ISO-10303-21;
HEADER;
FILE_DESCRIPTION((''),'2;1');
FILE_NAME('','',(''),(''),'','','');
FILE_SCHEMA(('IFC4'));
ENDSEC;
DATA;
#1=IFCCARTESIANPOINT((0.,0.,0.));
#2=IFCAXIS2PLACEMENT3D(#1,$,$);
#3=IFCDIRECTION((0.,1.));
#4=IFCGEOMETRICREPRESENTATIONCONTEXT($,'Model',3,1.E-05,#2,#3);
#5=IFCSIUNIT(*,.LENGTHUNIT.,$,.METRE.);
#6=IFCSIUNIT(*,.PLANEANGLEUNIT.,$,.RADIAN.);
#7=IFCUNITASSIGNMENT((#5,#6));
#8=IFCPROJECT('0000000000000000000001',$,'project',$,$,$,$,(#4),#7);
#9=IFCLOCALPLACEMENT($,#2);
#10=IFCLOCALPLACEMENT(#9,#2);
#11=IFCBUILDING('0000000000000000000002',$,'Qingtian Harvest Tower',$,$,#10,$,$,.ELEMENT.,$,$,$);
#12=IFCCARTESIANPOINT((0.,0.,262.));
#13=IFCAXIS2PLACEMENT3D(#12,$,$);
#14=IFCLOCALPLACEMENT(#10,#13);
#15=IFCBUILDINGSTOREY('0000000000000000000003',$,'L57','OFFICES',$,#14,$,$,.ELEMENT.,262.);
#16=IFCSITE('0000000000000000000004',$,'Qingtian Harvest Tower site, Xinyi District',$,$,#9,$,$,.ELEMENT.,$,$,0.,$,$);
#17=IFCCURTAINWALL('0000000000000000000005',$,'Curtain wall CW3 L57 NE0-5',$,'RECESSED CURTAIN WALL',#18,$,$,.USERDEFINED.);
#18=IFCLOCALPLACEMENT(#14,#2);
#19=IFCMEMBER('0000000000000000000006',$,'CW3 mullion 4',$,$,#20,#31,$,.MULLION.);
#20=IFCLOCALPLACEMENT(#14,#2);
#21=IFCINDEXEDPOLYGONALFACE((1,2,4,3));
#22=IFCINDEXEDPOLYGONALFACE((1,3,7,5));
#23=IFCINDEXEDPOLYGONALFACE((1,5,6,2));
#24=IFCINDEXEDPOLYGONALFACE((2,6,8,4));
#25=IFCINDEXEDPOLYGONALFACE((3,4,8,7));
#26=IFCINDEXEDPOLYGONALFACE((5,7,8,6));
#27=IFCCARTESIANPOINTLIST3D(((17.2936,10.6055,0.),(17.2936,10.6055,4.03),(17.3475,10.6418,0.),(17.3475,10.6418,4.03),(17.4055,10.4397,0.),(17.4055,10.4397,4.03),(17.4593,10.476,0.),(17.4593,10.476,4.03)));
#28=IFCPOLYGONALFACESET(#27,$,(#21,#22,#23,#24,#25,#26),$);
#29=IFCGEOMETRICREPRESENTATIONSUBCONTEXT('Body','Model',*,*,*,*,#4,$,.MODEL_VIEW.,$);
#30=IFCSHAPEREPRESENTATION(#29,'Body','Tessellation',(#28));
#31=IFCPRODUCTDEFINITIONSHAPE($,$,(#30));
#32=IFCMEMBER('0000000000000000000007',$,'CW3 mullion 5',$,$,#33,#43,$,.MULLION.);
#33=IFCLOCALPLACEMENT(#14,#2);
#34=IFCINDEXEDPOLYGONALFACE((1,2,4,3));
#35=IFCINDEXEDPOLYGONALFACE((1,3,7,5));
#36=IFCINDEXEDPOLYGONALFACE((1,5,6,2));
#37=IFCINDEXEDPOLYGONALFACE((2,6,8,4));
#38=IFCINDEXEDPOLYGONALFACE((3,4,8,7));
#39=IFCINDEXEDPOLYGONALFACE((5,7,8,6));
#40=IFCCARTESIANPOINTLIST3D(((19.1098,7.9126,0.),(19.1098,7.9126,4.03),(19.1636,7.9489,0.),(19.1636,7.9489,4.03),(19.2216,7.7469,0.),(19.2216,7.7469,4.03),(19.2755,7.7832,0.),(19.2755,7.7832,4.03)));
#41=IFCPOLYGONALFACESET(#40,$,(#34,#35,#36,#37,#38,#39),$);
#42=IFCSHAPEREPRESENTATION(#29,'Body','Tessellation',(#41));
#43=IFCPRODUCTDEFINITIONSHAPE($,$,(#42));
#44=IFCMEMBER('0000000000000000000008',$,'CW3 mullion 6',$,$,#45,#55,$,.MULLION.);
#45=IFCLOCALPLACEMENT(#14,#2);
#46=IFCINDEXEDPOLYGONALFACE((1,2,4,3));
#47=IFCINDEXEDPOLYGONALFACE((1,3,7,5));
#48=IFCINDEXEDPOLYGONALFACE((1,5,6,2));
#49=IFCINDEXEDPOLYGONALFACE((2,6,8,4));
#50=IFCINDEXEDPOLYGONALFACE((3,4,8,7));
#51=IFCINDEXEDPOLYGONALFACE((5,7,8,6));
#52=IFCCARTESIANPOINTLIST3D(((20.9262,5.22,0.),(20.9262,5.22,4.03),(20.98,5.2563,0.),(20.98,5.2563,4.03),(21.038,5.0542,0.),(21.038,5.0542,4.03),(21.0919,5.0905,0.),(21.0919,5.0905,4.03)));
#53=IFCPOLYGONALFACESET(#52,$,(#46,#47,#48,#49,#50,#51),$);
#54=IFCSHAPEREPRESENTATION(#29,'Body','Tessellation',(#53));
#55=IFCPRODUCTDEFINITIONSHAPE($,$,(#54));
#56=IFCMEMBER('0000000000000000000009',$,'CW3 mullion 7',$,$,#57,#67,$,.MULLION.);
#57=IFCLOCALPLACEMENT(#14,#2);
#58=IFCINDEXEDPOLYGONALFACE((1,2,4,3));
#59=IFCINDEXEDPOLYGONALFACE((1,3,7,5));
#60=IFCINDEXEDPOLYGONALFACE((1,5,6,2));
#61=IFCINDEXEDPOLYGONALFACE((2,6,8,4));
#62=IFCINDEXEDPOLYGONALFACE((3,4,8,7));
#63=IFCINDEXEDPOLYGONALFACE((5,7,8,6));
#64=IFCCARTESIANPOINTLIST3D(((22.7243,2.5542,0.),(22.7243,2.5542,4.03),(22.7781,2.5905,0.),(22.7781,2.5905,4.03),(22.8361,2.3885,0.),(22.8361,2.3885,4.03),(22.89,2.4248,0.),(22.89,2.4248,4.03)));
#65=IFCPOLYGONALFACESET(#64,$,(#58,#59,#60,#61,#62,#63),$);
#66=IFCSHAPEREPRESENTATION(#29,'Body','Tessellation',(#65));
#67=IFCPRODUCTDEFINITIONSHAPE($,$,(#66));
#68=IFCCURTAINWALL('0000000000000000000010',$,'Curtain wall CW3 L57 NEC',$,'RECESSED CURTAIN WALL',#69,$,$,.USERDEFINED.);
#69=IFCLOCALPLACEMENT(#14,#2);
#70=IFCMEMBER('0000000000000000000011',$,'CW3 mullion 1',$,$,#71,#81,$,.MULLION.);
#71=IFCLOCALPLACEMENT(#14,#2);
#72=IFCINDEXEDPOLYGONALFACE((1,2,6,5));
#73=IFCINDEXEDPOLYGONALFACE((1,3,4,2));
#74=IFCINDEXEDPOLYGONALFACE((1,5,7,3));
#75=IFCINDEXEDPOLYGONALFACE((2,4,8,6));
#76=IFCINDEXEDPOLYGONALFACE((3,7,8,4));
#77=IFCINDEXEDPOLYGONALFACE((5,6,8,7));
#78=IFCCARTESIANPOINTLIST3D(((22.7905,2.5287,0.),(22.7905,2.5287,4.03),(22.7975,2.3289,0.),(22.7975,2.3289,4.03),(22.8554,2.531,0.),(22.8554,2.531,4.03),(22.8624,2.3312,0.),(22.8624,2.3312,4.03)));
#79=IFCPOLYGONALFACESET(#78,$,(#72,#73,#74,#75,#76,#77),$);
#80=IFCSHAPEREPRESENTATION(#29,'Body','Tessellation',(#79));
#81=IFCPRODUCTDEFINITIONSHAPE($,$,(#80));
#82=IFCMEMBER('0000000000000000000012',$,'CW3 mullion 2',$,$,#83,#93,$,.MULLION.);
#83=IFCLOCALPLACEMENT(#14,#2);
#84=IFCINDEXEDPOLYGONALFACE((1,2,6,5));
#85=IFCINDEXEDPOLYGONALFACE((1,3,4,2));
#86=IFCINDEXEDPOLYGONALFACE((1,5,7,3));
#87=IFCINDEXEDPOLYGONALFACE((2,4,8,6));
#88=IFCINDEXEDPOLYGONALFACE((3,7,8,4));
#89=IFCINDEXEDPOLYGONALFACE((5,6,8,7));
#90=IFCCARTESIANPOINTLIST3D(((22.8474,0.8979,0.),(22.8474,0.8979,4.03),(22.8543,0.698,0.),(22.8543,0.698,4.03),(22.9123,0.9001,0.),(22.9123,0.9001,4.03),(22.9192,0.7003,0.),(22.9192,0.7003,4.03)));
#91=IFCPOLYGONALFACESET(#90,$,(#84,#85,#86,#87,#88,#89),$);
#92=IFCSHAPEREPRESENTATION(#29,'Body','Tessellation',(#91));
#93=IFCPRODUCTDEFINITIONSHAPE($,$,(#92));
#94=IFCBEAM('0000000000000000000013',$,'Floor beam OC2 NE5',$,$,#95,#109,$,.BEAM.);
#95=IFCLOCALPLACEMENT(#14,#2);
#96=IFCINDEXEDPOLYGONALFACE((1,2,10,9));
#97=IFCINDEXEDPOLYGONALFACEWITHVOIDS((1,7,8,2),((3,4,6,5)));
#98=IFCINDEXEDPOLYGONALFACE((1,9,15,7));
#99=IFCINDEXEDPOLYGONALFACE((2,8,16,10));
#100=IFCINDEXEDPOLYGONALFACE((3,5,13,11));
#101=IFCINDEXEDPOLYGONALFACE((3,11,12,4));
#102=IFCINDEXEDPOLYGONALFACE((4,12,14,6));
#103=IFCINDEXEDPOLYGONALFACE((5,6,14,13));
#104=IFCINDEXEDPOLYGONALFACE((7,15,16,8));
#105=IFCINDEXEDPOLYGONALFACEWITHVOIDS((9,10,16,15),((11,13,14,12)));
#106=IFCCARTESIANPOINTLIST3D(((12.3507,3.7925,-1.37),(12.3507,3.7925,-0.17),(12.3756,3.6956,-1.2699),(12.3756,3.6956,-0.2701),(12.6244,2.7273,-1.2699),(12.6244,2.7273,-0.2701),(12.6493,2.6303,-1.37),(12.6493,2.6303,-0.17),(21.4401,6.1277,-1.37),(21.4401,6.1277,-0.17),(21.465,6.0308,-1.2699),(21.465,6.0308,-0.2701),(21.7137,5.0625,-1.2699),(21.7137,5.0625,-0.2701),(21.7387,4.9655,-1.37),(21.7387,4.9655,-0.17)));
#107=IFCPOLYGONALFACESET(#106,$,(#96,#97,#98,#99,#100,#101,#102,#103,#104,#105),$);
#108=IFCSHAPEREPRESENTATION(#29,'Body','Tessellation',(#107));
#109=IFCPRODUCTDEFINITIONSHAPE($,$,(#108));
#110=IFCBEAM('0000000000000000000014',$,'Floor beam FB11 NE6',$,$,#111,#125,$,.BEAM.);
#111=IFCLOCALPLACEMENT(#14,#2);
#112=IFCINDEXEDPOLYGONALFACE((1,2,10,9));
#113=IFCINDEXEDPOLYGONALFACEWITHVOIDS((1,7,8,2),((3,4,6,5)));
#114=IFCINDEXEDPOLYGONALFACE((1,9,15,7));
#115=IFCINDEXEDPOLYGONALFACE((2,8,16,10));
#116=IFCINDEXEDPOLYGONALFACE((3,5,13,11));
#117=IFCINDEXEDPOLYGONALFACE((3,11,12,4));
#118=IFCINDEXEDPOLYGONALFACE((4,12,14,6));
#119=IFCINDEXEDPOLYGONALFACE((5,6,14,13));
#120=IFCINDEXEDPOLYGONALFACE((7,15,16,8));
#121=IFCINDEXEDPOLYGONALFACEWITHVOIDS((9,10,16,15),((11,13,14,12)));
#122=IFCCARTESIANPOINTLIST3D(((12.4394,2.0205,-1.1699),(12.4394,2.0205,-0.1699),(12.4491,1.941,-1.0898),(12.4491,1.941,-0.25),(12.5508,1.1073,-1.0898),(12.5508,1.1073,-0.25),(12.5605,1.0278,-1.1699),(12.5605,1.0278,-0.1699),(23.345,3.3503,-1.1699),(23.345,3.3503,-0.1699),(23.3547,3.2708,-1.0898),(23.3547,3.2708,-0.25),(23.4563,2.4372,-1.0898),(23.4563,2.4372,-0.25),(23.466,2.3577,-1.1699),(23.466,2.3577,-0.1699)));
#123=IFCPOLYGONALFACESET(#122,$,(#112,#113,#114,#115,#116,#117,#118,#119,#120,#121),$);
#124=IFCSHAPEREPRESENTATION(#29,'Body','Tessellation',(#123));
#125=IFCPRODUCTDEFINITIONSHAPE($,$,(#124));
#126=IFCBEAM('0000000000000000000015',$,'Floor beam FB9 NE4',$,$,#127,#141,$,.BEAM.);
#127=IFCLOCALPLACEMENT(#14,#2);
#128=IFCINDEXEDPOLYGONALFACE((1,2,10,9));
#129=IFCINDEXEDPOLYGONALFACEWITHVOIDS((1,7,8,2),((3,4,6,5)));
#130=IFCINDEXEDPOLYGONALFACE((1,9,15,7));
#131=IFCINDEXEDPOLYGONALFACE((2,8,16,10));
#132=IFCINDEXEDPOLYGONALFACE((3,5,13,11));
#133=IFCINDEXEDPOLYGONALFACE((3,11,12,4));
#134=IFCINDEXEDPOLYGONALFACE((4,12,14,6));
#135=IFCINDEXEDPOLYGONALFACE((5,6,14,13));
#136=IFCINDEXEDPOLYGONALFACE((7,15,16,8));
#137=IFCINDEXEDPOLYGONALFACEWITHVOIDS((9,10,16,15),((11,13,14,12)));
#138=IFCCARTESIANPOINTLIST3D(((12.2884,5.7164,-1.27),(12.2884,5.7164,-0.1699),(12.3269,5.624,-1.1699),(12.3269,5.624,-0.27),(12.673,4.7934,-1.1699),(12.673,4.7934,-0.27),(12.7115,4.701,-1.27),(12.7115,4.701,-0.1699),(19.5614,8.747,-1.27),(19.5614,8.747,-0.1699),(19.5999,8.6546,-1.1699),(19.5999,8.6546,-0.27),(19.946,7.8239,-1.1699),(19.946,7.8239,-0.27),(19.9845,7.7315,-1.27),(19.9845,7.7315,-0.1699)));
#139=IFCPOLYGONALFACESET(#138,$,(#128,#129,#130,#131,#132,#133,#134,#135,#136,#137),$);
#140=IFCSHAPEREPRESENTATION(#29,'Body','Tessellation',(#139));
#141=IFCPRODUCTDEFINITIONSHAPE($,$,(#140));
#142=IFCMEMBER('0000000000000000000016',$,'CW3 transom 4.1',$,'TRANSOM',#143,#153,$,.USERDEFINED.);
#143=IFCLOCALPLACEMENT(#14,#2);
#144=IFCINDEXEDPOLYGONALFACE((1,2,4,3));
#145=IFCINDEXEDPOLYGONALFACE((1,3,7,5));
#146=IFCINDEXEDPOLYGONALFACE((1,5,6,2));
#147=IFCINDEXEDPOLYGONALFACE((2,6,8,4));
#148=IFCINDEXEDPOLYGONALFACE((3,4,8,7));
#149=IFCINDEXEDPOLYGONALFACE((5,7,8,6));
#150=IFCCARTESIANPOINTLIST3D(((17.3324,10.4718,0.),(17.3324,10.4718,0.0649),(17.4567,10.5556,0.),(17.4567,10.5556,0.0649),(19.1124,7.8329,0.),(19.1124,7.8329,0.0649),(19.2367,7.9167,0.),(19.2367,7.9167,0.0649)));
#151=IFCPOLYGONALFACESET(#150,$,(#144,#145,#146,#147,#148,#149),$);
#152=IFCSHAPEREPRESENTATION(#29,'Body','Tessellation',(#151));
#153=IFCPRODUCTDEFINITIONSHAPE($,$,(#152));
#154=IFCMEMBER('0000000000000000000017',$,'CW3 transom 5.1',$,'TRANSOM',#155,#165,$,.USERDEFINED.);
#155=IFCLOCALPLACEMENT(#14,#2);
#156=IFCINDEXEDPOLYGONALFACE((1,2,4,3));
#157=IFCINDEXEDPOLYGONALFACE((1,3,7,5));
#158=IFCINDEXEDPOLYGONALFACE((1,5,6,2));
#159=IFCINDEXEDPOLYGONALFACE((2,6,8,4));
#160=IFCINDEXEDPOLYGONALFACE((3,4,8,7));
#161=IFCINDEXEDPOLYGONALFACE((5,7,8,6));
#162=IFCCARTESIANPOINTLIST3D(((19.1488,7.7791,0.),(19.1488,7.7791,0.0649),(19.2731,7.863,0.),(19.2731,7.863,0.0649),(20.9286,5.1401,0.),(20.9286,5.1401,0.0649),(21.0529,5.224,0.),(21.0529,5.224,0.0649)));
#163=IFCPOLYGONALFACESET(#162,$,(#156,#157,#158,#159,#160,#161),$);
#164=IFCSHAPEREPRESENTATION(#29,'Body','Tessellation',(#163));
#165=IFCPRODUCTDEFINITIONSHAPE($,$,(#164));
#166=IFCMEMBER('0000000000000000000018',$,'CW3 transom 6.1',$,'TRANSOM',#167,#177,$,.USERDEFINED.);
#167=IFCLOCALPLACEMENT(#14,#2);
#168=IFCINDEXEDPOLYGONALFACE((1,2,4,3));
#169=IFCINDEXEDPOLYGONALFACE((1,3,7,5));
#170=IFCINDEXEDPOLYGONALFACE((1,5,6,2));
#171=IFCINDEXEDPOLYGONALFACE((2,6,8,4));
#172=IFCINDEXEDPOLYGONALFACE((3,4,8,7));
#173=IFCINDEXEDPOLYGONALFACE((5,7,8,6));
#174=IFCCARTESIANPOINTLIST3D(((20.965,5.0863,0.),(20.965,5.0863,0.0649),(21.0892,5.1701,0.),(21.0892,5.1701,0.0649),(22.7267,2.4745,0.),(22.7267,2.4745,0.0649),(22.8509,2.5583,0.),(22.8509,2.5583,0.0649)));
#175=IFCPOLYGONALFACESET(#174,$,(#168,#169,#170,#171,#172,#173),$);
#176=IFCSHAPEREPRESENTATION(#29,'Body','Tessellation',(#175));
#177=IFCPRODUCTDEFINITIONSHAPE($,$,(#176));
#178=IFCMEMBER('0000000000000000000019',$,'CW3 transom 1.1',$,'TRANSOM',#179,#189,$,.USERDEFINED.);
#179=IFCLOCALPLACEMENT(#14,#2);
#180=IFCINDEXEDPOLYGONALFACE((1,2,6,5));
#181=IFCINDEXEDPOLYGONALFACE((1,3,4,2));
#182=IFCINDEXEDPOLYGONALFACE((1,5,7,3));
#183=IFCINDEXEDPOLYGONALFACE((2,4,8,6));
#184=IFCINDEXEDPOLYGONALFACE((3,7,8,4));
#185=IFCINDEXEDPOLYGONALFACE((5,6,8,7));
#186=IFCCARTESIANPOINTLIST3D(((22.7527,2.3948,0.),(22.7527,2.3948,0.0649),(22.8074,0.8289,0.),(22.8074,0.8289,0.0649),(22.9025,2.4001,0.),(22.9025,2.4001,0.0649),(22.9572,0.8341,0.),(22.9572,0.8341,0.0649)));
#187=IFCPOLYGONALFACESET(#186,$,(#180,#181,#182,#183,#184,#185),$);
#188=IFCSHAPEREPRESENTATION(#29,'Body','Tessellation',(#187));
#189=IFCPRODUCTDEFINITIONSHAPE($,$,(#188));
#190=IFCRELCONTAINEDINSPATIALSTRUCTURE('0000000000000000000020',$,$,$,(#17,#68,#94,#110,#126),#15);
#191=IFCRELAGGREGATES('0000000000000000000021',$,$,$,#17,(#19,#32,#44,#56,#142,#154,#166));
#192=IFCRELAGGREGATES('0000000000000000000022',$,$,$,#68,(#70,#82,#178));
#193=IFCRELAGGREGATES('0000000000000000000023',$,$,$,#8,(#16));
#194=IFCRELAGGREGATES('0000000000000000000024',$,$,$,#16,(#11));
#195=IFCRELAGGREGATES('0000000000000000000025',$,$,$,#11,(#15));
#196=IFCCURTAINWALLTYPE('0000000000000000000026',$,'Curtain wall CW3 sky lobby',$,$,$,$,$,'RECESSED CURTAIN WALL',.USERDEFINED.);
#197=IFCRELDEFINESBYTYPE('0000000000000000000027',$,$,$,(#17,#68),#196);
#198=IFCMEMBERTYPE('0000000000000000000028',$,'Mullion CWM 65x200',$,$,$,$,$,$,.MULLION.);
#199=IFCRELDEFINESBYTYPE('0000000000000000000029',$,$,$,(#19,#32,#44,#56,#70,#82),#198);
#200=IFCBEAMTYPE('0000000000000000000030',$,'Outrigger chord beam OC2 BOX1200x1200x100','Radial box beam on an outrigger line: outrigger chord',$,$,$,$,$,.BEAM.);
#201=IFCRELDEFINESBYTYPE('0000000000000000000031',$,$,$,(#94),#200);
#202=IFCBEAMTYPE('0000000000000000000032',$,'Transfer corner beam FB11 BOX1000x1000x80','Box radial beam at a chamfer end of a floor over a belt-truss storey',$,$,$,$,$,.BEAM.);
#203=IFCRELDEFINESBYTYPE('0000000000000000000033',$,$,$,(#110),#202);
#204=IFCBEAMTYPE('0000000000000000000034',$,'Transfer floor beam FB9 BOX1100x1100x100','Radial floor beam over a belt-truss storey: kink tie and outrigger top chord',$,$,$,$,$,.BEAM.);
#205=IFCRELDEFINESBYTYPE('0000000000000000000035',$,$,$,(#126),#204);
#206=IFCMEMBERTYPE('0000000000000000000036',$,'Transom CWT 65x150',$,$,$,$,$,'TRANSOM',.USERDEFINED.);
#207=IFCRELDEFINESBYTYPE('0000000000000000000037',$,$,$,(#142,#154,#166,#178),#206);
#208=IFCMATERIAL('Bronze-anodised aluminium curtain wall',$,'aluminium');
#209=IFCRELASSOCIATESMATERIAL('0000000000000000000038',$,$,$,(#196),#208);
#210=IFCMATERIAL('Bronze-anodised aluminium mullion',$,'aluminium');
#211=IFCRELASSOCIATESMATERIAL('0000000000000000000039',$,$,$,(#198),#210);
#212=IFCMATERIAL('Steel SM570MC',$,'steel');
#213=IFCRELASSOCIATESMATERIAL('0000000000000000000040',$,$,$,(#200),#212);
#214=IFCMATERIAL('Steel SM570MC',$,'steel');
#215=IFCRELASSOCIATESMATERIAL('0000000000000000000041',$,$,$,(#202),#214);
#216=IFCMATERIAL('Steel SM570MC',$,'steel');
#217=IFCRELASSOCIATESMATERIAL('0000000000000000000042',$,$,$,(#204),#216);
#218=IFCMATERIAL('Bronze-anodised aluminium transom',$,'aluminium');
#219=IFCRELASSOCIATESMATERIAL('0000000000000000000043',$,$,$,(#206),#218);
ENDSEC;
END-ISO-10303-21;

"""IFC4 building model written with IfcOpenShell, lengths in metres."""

from ifc_helpers import new_model, si_unit, direction, frame, origin, origin_2d, place, context, subcontext, project, spatial, rectangle, hollow_rectangle, extrude, material, material_profile, profile_set, type_object, element, aggregate, save


model = new_model("IFC4")

# Units and contexts
model_context = context("Model", 3, precision=1e-05, world=origin(), true_north=direction((0.0, 1.0)))
body_context = subcontext(model_context, "Body", "Model", "MODEL_VIEW")
ifc_project = project(units=[si_unit("LENGTHUNIT", "METRE"), si_unit("PLANEANGLEUNIT", "RADIAN")], contexts=[model_context])

# Site, building, storey
site_placement = place(None, origin())
site = spatial("IfcSite", under=ifc_project, at=site_placement, Name="Qingtian Harvest Tower site, Xinyi District", CompositionType="ELEMENT", RefElevation=0.0)
building_placement = place(site_placement, origin())
building = spatial("IfcBuilding", under=site, at=building_placement, Name="Qingtian Harvest Tower", CompositionType="ELEMENT")
storey_placement = place(building_placement, frame((0.0, 0.0, 262.0)))
storey = spatial("IfcBuildingStorey", under=building, at=storey_placement, Name="L57", Description="OFFICES", CompositionType="ELEMENT", Elevation=262.0)

# Curtain walls, members
ifc_material_1 = material(Name="Bronze-anodised aluminium curtain wall", Category="aluminium")
curtain_wall_type = type_object("IfcCurtainWallType", Name="Curtain wall CW3 sky lobby", ElementType="RECESSED CURTAIN WALL", PredefinedType="USERDEFINED", material=ifc_material_1)
curtain_wall_1_placement = place(storey_placement, origin())
curtain_wall_1 = element("IfcCurtainWall", 1, at=curtain_wall_1_placement, inside=storey, type_object=curtain_wall_type, Name="Curtain wall CW3 L57 NE0-5", ObjectType="RECESSED CURTAIN WALL", PredefinedType="USERDEFINED")
ifc_material_2 = material(Name="Bronze-anodised aluminium mullion", Category="aluminium")
ifc_material_profile_1 = material_profile(ifc_material_2, rectangle(XDim=0.0649, YDim=0.2, at=origin_2d()), Name="AL 65x200")
ifc_profile_set_1 = profile_set([ifc_material_profile_1], Name="Bronze-anodised aluminium mullion")
member_type_1 = type_object("IfcMemberType", Name="Mullion CWM 65x200", PredefinedType="MULLION", material=ifc_profile_set_1)
member_1_placement = place(storey_placement, frame((17.3765, 10.5408, 0.0), z_axis=(0.0, 0.0, 1.0), x_axis=(0.829038, 0.559193, 0.0)))
member_1 = element("IfcMember", 2, at=member_1_placement, type_object=member_type_1, Name="CW3 mullion 4", PredefinedType="MULLION", context=body_context, shape_type="SweptSolid", body=[
    extrude(rectangle(XDim=0.0649, YDim=0.2, at=origin_2d()), origin(), (0.0, 0.0, 1.0), 4.03),
])
member_2_placement = place(storey_placement, frame((19.1926, 7.8479, 0.0), z_axis=(0.0, 0.0, 1.0), x_axis=(0.829038, 0.559193, 0.0)))
member_2 = element("IfcMember", 3, at=member_2_placement, type_object=member_type_1, Name="CW3 mullion 5", PredefinedType="MULLION", context=body_context, shape_type="SweptSolid", body=[
    extrude(rectangle(XDim=0.0649, YDim=0.2, at=origin_2d()), origin(), (0.0, 0.0, 1.0), 4.03),
])
member_3_placement = place(storey_placement, frame((21.009, 5.1553, 0.0), z_axis=(0.0, 0.0, 1.0), x_axis=(0.829038, 0.559193, 0.0)))
member_3 = element("IfcMember", 4, at=member_3_placement, type_object=member_type_1, Name="CW3 mullion 6", PredefinedType="MULLION", context=body_context, shape_type="SweptSolid", body=[
    extrude(rectangle(XDim=0.0649, YDim=0.2, at=origin_2d()), origin(), (0.0, 0.0, 1.0), 4.03),
])
member_4_placement = place(storey_placement, frame((22.8071, 2.4895, 0.0), z_axis=(0.0, 0.0, 1.0), x_axis=(0.829038, 0.559193, 0.0)))
member_4 = element("IfcMember", 5, at=member_4_placement, type_object=member_type_1, Name="CW3 mullion 7", PredefinedType="MULLION", context=body_context, shape_type="SweptSolid", body=[
    extrude(rectangle(XDim=0.0649, YDim=0.2, at=origin_2d()), origin(), (0.0, 0.0, 1.0), 4.03),
])
curtain_wall_2_placement = place(storey_placement, origin())
curtain_wall_2 = element("IfcCurtainWall", 6, at=curtain_wall_2_placement, inside=storey, type_object=curtain_wall_type, Name="Curtain wall CW3 L57 NEC", ObjectType="RECESSED CURTAIN WALL", PredefinedType="USERDEFINED")
member_5_placement = place(storey_placement, frame((22.8264, 2.4299, 0.0), z_axis=(0.0, 0.0, 1.0), x_axis=(0.999391, 0.034899, 0.0)))
member_5 = element("IfcMember", 7, at=member_5_placement, type_object=member_type_1, Name="CW3 mullion 1", PredefinedType="MULLION", context=body_context, shape_type="SweptSolid", body=[
    extrude(rectangle(XDim=0.0649, YDim=0.2, at=origin_2d()), origin(), (0.0, 0.0, 1.0), 4.03),
])
member_6_placement = place(storey_placement, frame((22.8833, 0.7991, 0.0), z_axis=(0.0, 0.0, 1.0), x_axis=(0.999391, 0.034899, 0.0)))
member_6 = element("IfcMember", 8, at=member_6_placement, type_object=member_type_1, Name="CW3 mullion 2", PredefinedType="MULLION", context=body_context, shape_type="SweptSolid", body=[
    extrude(rectangle(XDim=0.0649, YDim=0.2, at=origin_2d()), origin(), (0.0, 0.0, 1.0), 4.03),
])

# Beams
ifc_material_3 = material(Name="Steel SM570MC", Category="steel")
ifc_material_profile_2 = material_profile(ifc_material_3, hollow_rectangle(XDim=1.2, YDim=1.2, WallThickness=0.1001, at=origin_2d()), Name="BOX1200x1200x100")
ifc_profile_set_2 = profile_set([ifc_material_profile_2], Name="Steel SM570MC")
beam_type_1 = type_object("IfcBeamType", Name="Outrigger chord beam OC2 BOX1200x1200x100", Description="Radial box beam on an outrigger line: outrigger chord", PredefinedType="BEAM", material=ifc_profile_set_2)
beam_1_placement = place(storey_placement, frame((21.5894, 5.5466, -0.77), z_axis=(-0.968546, -0.248835, 0.0), x_axis=(0.248835, -0.968546, 0.0)))
element("IfcBeam", 9, at=beam_1_placement, inside=storey, type_object=beam_type_1, Name="Floor beam OC2 NE5", PredefinedType="BEAM", context=body_context, shape_type="SweptSolid", body=[
    extrude(hollow_rectangle(XDim=1.2, YDim=1.2, WallThickness=0.1001, at=origin_2d()), origin(), (0.0, 0.0, 1.0), 9.3845),
])
ifc_material_4 = material(Name="Steel SM570MC", Category="steel")
ifc_material_profile_3 = material_profile(ifc_material_4, hollow_rectangle(XDim=1.0, YDim=1.0, WallThickness=0.0801, at=origin_2d()), Name="BOX1000x1000x80")
ifc_profile_set_3 = profile_set([ifc_material_profile_3], Name="Steel SM570MC")
beam_type_2 = type_object("IfcBeamType", Name="Transfer corner beam FB11 BOX1000x1000x80", Description="Box radial beam at a chamfer end of a floor over a belt-truss storey", PredefinedType="BEAM", material=ifc_profile_set_3)
beam_2_placement = place(storey_placement, frame((23.4055, 2.854, -0.6699), z_axis=(-0.992647, -0.121045, 0.0), x_axis=(0.121045, -0.992647, 0.0)))
element("IfcBeam", 10, at=beam_2_placement, inside=storey, type_object=beam_type_2, Name="Floor beam FB11 NE6", PredefinedType="BEAM", context=body_context, shape_type="SweptSolid", body=[
    extrude(hollow_rectangle(XDim=1.0, YDim=1.0, WallThickness=0.0801, at=origin_2d()), origin(), (0.0, 0.0, 1.0), 10.9863),
])
ifc_material_5 = material(Name="Steel SM570MC", Category="steel")
ifc_material_profile_4 = material_profile(ifc_material_5, hollow_rectangle(XDim=1.1001, YDim=1.1001, WallThickness=0.1001, at=origin_2d()), Name="BOX1100x1100x100")
ifc_profile_set_4 = profile_set([ifc_material_profile_4], Name="Steel SM570MC")
beam_type_3 = type_object("IfcBeamType", Name="Transfer floor beam FB9 BOX1100x1100x100", Description="Radial floor beam over a belt-truss storey: kink tie and outrigger top chord", PredefinedType="BEAM", material=ifc_profile_set_4)
beam_3_placement = place(storey_placement, frame((19.7729, 8.2393, -0.72), z_axis=(-0.923071, -0.384629, 0.0), x_axis=(0.384629, -0.923071, 0.0)))
element("IfcBeam", 11, at=beam_3_placement, inside=storey, type_object=beam_type_3, Name="Floor beam FB9 NE4", PredefinedType="BEAM", context=body_context, shape_type="SweptSolid", body=[
    extrude(hollow_rectangle(XDim=1.1001, YDim=1.1001, WallThickness=0.1001, at=origin_2d()), origin(), (0.0, 0.0, 1.0), 7.8792),
])

# Members
ifc_material_6 = material(Name="Bronze-anodised aluminium transom", Category="aluminium")
ifc_material_profile_5 = material_profile(ifc_material_6, rectangle(XDim=0.1499, YDim=0.0649, at=origin_2d()), Name="AL 65x150")
ifc_profile_set_5 = profile_set([ifc_material_profile_5], Name="Bronze-anodised aluminium transom")
member_type_2 = type_object("IfcMemberType", Name="Transom CWT 65x150", ElementType="TRANSOM", PredefinedType="USERDEFINED", material=ifc_profile_set_5)
member_7_placement = place(storey_placement, frame((17.3945, 10.5137, 0.0325), z_axis=(0.559205, -0.829029, 0.0), x_axis=(0.829029, 0.559205, 0.0)))
member_7 = element("IfcMember", 12, at=member_7_placement, type_object=member_type_2, Name="CW3 transom 4.1", ObjectType="TRANSOM", PredefinedType="USERDEFINED", context=body_context, shape_type="SweptSolid", body=[
    extrude(rectangle(XDim=0.1499, YDim=0.0649, at=origin_2d()), origin(), (0.0, 0.0, 1.0), 3.1831),
])
member_8_placement = place(storey_placement, frame((19.2109, 7.821, 0.0325), z_axis=(0.559153, -0.829065, 0.0), x_axis=(0.829065, 0.559153, 0.0)))
member_8 = element("IfcMember", 13, at=member_8_placement, type_object=member_type_2, Name="CW3 transom 5.1", ObjectType="TRANSOM", PredefinedType="USERDEFINED", context=body_context, shape_type="SweptSolid", body=[
    extrude(rectangle(XDim=0.1499, YDim=0.0649, at=origin_2d()), origin(), (0.0, 0.0, 1.0), 3.1831),
])
member_9_placement = place(storey_placement, frame((21.0271, 5.1282, 0.0325), z_axis=(0.559199, -0.829034, 0.0), x_axis=(0.829034, 0.559199, 0.0)))
member_9 = element("IfcMember", 14, at=member_9_placement, type_object=member_type_2, Name="CW3 transom 6.1", ObjectType="TRANSOM", PredefinedType="USERDEFINED", context=body_context, shape_type="SweptSolid", body=[
    extrude(rectangle(XDim=0.1499, YDim=0.0649, at=origin_2d()), origin(), (0.0, 0.0, 1.0), 3.1504),
])
member_10_placement = place(storey_placement, frame((22.8276, 2.3975, 0.0325), z_axis=(0.034902, -0.999391, 0.0), x_axis=(0.999391, 0.034902, 0.0)))
member_10 = element("IfcMember", 15, at=member_10_placement, type_object=member_type_2, Name="CW3 transom 1.1", ObjectType="TRANSOM", PredefinedType="USERDEFINED", context=body_context, shape_type="SweptSolid", body=[
    extrude(rectangle(XDim=0.1499, YDim=0.0649, at=origin_2d()), origin(), (0.0, 0.0, 1.0), 1.5669),
])

aggregate(curtain_wall_1, [member_1, member_2, member_3, member_4, member_7, member_8, member_9])
aggregate(curtain_wall_2, [member_5, member_6, member_10])

save(model, "model.ifc")
